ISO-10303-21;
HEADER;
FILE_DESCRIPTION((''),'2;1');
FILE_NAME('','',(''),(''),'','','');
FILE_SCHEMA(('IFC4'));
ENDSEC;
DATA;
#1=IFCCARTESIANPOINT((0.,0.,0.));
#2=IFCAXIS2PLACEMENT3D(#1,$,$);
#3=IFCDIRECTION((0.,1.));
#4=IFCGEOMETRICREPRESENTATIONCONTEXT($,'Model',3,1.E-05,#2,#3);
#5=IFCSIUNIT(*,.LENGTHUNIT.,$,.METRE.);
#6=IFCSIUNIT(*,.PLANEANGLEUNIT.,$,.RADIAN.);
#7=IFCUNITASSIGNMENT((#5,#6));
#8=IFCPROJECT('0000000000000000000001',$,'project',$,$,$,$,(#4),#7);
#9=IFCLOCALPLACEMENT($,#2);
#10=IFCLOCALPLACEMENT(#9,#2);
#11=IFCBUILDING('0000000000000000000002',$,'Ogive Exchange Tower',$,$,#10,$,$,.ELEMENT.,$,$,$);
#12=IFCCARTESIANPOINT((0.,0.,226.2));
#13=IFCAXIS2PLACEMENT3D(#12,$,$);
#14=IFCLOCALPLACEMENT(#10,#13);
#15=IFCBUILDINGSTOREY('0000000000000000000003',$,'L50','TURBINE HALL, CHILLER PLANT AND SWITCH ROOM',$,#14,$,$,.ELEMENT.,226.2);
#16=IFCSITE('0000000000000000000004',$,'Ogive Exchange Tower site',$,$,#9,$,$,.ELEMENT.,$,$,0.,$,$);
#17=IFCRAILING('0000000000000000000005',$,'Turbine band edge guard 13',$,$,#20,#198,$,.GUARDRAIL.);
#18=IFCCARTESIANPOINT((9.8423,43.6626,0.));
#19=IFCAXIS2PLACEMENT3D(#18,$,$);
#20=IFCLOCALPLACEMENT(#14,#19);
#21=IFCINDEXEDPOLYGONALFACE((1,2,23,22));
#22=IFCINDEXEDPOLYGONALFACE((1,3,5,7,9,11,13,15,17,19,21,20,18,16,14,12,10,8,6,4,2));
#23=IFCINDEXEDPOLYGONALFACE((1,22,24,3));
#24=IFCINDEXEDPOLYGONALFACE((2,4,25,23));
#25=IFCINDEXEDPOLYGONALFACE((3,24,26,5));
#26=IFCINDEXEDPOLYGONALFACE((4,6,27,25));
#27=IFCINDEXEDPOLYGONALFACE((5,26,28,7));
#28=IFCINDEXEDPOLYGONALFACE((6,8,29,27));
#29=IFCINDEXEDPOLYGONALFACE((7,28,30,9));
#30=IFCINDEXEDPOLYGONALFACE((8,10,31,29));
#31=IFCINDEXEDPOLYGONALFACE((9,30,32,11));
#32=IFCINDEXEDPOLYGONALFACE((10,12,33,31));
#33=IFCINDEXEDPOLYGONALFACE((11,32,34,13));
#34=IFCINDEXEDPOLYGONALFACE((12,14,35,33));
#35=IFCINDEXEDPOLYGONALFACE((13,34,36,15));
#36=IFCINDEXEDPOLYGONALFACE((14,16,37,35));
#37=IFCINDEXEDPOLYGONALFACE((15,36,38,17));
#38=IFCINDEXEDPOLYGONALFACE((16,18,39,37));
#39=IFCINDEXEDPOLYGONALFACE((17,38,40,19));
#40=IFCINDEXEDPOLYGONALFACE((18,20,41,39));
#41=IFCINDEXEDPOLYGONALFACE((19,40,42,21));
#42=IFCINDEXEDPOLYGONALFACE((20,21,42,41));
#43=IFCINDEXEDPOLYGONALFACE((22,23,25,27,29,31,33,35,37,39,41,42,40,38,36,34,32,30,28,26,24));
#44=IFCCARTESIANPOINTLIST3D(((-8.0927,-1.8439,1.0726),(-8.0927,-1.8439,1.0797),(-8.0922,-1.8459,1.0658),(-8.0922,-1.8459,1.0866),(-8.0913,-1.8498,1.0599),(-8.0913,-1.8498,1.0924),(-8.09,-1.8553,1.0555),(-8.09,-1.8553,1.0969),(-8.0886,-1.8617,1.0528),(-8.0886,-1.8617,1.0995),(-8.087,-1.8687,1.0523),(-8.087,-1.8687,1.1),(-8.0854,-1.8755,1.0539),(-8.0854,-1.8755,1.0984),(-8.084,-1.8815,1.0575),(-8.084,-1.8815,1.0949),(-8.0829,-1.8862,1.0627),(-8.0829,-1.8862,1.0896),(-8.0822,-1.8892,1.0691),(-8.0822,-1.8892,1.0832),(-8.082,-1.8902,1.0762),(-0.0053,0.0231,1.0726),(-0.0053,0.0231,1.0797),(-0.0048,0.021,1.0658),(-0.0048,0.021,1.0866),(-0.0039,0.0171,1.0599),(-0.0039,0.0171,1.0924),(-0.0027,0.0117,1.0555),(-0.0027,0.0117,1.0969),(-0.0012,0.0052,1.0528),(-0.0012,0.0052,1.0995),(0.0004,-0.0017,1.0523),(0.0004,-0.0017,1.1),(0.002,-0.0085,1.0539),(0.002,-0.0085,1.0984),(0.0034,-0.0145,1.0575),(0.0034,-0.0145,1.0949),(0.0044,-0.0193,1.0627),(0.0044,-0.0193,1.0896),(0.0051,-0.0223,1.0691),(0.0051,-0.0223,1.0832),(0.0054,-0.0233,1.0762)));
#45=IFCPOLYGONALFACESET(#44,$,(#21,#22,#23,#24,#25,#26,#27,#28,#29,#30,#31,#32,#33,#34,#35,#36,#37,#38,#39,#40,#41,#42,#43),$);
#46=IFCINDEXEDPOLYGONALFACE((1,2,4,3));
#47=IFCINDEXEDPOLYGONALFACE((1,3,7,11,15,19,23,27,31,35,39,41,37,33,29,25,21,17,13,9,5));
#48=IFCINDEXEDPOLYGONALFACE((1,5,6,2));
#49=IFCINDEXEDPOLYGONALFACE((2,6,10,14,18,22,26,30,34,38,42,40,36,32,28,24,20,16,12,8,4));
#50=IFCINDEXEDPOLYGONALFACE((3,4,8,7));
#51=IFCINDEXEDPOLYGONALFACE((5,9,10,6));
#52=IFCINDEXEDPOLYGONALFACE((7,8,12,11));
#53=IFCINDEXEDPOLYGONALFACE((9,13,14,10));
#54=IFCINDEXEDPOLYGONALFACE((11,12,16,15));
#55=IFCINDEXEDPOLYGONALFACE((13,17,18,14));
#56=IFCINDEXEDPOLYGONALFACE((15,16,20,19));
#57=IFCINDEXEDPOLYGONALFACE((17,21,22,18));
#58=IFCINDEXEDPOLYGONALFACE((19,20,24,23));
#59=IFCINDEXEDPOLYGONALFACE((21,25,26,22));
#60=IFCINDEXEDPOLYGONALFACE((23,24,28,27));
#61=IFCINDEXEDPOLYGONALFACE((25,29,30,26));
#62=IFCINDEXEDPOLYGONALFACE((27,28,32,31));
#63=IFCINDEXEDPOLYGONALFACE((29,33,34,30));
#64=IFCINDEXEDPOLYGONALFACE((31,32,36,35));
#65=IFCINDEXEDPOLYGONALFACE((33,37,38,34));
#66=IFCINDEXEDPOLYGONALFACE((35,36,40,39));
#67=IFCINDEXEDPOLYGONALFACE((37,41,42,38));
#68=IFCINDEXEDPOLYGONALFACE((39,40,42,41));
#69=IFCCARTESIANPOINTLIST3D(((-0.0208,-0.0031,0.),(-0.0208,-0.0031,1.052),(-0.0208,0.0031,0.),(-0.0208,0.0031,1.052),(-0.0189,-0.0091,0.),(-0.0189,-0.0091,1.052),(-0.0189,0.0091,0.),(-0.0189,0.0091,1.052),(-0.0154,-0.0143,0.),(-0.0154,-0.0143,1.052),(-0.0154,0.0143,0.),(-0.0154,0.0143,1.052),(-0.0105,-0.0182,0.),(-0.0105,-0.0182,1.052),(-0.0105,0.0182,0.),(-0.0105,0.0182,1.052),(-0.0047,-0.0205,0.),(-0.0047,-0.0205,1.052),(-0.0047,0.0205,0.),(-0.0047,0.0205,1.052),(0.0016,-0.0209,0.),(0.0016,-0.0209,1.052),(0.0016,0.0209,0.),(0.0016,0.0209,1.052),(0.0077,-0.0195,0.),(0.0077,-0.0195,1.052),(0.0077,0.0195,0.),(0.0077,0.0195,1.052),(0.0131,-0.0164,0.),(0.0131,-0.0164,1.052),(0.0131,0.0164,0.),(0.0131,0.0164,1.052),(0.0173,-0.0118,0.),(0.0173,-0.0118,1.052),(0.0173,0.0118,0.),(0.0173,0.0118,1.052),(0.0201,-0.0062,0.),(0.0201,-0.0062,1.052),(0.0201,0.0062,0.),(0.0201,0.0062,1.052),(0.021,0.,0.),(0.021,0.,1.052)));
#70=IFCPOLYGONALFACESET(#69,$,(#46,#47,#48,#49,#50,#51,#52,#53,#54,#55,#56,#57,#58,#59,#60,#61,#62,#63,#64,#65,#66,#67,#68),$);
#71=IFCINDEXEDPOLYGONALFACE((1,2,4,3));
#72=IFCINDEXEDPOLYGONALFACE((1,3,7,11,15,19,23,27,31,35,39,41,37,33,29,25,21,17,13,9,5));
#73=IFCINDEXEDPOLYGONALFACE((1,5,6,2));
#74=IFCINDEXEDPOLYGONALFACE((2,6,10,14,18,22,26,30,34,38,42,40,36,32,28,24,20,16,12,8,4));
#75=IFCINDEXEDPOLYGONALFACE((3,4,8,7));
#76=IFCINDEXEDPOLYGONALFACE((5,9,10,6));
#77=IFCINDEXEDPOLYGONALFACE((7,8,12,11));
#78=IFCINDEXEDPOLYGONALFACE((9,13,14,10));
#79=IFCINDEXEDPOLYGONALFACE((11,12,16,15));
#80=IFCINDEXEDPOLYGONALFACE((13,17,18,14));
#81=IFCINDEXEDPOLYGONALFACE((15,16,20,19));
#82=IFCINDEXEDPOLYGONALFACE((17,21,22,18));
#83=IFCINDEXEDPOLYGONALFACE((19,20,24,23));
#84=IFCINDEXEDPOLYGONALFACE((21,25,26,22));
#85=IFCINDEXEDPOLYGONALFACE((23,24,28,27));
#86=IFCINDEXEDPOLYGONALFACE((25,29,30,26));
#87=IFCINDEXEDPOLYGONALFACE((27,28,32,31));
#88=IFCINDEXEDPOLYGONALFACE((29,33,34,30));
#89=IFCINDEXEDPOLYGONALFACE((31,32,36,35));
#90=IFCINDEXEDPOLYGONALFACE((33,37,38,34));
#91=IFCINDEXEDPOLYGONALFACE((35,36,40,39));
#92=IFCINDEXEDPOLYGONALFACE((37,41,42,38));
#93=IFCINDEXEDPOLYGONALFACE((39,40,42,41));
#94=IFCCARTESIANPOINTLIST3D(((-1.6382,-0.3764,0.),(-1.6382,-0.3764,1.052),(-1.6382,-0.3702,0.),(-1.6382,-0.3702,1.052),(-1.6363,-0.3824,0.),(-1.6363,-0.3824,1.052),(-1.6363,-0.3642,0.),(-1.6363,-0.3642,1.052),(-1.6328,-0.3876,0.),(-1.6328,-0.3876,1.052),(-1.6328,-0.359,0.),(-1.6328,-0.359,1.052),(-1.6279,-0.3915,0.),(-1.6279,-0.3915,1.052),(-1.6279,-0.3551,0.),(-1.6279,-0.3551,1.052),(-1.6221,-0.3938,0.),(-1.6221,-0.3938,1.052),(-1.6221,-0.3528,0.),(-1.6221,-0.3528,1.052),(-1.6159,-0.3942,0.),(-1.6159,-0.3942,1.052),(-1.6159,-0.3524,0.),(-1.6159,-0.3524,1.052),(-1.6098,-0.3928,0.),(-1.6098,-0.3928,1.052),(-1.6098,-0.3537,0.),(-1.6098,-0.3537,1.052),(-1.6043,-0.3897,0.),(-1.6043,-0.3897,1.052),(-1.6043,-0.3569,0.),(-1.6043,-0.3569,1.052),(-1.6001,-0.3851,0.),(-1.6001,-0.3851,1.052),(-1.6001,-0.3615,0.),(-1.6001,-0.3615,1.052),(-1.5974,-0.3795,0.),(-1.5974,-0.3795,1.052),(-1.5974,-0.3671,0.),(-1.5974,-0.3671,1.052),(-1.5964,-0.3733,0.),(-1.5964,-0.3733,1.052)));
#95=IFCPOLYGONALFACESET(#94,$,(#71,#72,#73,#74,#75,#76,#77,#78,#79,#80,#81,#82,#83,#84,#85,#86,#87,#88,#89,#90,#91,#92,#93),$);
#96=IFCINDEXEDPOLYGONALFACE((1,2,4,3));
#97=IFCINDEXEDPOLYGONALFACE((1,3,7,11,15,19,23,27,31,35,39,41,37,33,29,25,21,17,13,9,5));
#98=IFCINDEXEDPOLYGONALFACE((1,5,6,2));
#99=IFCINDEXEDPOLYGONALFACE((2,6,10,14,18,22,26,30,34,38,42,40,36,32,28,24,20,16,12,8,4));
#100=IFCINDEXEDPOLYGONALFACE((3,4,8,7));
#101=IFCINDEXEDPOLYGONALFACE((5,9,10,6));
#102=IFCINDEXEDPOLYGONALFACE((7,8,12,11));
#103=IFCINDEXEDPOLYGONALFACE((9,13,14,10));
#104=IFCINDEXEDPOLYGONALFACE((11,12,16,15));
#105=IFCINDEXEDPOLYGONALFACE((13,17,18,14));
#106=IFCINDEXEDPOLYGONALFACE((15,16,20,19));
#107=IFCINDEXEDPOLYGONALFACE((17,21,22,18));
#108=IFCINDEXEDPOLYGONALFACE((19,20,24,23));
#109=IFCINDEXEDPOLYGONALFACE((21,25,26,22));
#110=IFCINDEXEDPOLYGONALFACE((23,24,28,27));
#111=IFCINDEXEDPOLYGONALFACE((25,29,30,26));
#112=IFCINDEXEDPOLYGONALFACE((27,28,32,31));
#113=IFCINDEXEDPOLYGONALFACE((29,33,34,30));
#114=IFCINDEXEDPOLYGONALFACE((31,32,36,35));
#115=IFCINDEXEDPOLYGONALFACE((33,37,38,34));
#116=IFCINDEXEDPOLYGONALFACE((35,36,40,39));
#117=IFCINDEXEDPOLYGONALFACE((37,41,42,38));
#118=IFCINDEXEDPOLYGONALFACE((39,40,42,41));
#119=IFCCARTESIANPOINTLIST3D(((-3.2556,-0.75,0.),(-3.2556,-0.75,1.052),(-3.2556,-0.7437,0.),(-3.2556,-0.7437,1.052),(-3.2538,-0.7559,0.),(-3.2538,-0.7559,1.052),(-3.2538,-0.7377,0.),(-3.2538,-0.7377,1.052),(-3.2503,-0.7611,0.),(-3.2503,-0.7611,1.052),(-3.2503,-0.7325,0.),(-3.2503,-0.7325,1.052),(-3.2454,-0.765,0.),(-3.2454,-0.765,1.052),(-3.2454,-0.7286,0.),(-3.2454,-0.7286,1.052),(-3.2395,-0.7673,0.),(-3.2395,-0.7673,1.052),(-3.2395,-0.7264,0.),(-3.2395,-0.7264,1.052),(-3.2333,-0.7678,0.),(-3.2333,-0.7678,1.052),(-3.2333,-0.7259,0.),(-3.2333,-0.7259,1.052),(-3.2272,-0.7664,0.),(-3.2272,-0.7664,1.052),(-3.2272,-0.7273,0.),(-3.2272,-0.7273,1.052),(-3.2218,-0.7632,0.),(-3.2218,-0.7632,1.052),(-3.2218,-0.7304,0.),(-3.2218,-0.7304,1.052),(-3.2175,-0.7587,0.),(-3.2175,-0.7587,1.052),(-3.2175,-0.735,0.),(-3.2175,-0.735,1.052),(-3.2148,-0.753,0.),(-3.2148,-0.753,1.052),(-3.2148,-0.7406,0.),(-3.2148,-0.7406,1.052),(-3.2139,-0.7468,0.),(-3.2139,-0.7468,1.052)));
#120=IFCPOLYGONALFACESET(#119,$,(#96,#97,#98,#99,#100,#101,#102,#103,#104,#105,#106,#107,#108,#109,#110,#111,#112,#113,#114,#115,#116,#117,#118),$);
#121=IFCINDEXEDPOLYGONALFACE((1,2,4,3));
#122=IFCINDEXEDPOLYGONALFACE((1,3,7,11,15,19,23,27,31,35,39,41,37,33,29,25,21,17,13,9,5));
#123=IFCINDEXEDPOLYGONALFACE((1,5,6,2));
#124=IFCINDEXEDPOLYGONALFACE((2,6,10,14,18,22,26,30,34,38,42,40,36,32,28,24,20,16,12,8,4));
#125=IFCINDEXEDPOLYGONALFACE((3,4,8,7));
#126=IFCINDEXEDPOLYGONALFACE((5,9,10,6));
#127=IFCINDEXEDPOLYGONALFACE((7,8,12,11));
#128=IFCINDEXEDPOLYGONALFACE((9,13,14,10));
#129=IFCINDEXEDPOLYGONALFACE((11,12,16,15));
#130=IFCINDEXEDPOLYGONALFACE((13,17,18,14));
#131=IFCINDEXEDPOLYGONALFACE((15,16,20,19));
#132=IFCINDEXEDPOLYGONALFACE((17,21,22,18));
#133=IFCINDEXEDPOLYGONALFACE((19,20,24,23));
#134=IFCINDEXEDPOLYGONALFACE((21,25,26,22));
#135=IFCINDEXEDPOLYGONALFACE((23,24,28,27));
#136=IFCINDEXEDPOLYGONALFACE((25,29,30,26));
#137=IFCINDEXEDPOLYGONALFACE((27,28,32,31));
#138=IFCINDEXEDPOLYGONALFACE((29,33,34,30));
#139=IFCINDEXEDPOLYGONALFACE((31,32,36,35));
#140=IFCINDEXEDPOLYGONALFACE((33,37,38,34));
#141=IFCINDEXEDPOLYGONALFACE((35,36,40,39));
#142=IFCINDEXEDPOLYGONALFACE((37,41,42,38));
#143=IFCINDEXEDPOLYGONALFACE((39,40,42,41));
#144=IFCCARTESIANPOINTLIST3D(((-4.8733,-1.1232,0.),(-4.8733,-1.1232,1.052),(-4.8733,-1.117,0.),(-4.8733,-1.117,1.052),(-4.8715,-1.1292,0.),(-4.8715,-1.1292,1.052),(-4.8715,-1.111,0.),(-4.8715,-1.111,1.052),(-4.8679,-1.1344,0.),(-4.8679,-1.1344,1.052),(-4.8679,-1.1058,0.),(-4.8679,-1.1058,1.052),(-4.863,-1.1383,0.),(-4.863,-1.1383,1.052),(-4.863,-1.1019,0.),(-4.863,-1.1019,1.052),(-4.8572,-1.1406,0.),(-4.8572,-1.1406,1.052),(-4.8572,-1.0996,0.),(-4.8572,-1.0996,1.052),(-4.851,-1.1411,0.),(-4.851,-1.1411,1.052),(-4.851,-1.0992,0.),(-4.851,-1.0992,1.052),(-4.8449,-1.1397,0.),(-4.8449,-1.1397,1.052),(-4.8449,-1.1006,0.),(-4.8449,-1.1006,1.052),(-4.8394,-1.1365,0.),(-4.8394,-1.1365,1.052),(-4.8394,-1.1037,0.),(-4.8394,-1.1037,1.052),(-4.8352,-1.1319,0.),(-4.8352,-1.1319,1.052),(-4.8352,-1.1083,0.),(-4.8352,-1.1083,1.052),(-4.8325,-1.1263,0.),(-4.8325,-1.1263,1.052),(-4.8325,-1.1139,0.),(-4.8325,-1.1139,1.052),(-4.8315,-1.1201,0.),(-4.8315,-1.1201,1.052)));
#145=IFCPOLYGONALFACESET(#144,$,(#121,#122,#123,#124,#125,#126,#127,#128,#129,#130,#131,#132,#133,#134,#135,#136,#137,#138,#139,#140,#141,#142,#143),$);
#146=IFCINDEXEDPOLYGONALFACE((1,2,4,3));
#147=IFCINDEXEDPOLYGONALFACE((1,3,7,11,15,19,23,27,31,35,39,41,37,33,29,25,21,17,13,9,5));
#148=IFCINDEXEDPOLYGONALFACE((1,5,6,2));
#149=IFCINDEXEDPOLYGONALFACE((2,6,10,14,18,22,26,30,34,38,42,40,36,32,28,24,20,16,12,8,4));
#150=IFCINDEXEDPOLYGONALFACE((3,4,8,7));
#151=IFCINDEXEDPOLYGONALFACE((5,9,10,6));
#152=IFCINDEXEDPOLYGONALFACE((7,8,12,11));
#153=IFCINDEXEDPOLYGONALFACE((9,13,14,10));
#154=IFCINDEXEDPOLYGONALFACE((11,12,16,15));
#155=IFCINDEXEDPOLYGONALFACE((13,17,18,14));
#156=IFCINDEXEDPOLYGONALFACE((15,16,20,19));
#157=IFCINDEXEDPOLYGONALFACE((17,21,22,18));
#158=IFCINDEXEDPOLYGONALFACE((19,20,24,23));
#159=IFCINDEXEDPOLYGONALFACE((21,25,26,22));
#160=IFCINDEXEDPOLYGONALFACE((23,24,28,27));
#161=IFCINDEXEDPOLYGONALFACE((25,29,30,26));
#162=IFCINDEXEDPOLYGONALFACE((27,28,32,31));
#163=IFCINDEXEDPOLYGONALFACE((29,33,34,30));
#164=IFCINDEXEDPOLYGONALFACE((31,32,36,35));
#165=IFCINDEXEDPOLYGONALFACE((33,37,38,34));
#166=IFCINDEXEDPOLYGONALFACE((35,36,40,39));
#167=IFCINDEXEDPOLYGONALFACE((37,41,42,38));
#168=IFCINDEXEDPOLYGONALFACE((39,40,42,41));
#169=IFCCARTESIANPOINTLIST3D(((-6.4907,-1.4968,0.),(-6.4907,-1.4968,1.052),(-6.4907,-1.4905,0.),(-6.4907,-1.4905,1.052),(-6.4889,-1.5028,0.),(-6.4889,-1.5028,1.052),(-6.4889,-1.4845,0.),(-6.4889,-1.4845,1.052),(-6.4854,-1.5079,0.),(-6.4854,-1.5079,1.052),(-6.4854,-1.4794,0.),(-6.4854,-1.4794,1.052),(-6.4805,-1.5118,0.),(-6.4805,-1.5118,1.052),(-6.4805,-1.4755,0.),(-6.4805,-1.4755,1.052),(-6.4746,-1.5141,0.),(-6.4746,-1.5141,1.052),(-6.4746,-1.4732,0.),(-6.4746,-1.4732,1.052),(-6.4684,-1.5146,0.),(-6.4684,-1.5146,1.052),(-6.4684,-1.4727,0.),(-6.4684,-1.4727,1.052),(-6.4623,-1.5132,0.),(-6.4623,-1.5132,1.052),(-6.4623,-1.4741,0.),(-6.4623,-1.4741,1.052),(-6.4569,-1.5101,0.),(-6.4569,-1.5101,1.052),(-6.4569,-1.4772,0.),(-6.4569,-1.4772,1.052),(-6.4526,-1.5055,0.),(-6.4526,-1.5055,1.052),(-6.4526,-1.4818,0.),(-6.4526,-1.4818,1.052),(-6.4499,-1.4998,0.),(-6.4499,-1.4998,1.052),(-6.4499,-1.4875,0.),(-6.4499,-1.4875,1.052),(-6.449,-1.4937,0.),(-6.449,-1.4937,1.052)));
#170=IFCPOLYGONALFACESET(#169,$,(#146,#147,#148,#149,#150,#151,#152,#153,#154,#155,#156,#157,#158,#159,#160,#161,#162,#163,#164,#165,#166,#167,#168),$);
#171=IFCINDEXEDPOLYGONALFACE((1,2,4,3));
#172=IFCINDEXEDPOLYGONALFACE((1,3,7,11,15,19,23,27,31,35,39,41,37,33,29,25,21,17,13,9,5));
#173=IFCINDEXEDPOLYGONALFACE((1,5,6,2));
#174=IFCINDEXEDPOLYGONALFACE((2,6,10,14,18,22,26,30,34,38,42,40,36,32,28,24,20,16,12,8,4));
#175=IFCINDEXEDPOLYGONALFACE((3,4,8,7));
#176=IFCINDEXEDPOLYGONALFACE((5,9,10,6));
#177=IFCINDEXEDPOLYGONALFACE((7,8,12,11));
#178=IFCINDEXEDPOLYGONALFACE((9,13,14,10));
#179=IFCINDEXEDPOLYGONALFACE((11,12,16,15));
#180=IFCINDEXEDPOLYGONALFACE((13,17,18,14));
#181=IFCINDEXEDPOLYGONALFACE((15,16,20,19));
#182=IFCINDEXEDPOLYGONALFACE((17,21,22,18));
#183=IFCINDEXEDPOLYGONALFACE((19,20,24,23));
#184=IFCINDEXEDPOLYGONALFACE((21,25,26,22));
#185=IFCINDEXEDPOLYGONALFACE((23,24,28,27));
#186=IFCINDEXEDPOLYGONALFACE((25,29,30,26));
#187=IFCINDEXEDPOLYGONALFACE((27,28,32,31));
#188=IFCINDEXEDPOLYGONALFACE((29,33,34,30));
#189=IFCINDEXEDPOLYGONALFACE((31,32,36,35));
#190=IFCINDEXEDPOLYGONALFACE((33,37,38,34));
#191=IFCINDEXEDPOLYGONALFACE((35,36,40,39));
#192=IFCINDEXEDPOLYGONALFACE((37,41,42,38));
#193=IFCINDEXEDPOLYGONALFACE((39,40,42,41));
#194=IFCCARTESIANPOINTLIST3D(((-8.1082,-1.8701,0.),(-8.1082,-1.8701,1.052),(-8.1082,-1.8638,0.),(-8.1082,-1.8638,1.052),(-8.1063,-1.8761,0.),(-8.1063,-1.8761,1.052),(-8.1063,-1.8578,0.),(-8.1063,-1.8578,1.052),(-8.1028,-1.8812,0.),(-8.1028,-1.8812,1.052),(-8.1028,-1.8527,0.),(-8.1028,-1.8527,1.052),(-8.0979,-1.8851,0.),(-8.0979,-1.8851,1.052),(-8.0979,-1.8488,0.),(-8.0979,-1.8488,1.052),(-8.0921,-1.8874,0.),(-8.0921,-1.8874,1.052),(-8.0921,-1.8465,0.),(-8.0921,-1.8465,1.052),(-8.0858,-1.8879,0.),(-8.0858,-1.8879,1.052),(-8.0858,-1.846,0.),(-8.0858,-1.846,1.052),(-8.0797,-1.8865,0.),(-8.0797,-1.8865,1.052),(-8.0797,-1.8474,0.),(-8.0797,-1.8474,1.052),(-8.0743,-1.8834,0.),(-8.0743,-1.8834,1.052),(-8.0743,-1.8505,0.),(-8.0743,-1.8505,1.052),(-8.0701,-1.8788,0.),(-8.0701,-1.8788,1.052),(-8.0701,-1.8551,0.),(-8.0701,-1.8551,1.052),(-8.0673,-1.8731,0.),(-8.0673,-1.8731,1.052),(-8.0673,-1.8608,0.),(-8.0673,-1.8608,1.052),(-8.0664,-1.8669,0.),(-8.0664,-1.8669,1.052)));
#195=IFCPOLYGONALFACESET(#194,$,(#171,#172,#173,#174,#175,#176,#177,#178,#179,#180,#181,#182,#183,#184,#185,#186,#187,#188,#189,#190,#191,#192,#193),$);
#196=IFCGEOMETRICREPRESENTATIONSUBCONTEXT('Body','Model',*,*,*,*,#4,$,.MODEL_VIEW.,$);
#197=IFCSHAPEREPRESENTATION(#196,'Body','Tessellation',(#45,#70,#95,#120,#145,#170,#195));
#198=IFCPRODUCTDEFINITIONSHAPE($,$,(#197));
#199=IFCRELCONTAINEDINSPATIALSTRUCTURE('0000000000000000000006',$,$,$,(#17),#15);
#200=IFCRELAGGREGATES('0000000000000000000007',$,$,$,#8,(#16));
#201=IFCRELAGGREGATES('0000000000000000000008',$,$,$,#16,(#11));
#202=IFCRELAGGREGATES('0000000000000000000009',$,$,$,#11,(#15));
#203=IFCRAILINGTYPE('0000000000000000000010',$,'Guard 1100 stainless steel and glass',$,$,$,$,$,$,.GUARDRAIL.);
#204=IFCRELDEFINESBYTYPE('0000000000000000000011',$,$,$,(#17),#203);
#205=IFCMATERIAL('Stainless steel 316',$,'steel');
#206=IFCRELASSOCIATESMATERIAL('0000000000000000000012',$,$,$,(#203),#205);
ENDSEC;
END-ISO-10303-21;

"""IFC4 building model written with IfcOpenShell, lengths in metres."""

from ifc_helpers import new_model, si_unit, direction, frame, origin, origin_2d, place, context, subcontext, project, spatial, circle, extrude, material, type_object, element, save


model = new_model("IFC4")

# Units and contexts
model_context = context("Model", 3, precision=1e-05, world=origin(), true_north=direction((0.0, 1.0)))
body_context = subcontext(model_context, "Body", "Model", "MODEL_VIEW")
ifc_project = project(units=[si_unit("LENGTHUNIT", "METRE"), si_unit("PLANEANGLEUNIT", "RADIAN")], contexts=[model_context])

# Site, building, storey
site_placement = place(None, origin())
site = spatial("IfcSite", under=ifc_project, at=site_placement, Name="Ogive Exchange Tower site", CompositionType="ELEMENT", RefElevation=0.0)
building_placement = place(site_placement, origin())
building = spatial("IfcBuilding", under=site, at=building_placement, Name="Ogive Exchange Tower", CompositionType="ELEMENT")
storey_placement = place(building_placement, frame((0.0, 0.0, 226.2)))
storey = spatial("IfcBuildingStorey", under=building, at=storey_placement, Name="L50", Description="TURBINE HALL, CHILLER PLANT AND SWITCH ROOM", CompositionType="ELEMENT", Elevation=226.2)

# Railing
ifc_material_1 = material(Name="Stainless steel 316", Category="steel")
railing_type = type_object("IfcRailingType", Name="Guard 1100 stainless steel and glass", PredefinedType="GUARDRAIL", material=ifc_material_1)
railing_1_placement = place(storey_placement, frame((9.8423, 43.6626, 0.0)))
element("IfcRailing", 1, at=railing_1_placement, inside=storey, type_object=railing_type, Name="Turbine band edge guard 13", PredefinedType="GUARDRAIL", context=body_context, shape_type="SweptSolid", body=[
    extrude(circle(Radius=0.0239, at=origin_2d()), frame((0.0, 0.0, 1.0762), z_axis=(-0.974375, -0.22493, 0.0), x_axis=(0.22493, -0.974375, 0.0)), (0.0, 0.0, 1.0), 8.3),
    extrude(circle(Radius=0.021, at=origin_2d()), origin(), (0.0, 0.0, 1.0), 1.052),
    extrude(circle(Radius=0.021, at=origin_2d()), frame((-1.6174, -0.3733, 0.0)), (0.0, 0.0, 1.0), 1.052),
    extrude(circle(Radius=0.021, at=origin_2d()), frame((-3.2349, -0.7468, 0.0)), (0.0, 0.0, 1.0), 1.052),
    extrude(circle(Radius=0.021, at=origin_2d()), frame((-4.8525, -1.1201, 0.0)), (0.0, 0.0, 1.0), 1.052),
    extrude(circle(Radius=0.021, at=origin_2d()), frame((-6.47, -1.4937, 0.0)), (0.0, 0.0, 1.0), 1.052),
    extrude(circle(Radius=0.021, at=origin_2d()), frame((-8.0874, -1.8669, 0.0)), (0.0, 0.0, 1.0), 1.052),
])

save(model, "model.ifc")
